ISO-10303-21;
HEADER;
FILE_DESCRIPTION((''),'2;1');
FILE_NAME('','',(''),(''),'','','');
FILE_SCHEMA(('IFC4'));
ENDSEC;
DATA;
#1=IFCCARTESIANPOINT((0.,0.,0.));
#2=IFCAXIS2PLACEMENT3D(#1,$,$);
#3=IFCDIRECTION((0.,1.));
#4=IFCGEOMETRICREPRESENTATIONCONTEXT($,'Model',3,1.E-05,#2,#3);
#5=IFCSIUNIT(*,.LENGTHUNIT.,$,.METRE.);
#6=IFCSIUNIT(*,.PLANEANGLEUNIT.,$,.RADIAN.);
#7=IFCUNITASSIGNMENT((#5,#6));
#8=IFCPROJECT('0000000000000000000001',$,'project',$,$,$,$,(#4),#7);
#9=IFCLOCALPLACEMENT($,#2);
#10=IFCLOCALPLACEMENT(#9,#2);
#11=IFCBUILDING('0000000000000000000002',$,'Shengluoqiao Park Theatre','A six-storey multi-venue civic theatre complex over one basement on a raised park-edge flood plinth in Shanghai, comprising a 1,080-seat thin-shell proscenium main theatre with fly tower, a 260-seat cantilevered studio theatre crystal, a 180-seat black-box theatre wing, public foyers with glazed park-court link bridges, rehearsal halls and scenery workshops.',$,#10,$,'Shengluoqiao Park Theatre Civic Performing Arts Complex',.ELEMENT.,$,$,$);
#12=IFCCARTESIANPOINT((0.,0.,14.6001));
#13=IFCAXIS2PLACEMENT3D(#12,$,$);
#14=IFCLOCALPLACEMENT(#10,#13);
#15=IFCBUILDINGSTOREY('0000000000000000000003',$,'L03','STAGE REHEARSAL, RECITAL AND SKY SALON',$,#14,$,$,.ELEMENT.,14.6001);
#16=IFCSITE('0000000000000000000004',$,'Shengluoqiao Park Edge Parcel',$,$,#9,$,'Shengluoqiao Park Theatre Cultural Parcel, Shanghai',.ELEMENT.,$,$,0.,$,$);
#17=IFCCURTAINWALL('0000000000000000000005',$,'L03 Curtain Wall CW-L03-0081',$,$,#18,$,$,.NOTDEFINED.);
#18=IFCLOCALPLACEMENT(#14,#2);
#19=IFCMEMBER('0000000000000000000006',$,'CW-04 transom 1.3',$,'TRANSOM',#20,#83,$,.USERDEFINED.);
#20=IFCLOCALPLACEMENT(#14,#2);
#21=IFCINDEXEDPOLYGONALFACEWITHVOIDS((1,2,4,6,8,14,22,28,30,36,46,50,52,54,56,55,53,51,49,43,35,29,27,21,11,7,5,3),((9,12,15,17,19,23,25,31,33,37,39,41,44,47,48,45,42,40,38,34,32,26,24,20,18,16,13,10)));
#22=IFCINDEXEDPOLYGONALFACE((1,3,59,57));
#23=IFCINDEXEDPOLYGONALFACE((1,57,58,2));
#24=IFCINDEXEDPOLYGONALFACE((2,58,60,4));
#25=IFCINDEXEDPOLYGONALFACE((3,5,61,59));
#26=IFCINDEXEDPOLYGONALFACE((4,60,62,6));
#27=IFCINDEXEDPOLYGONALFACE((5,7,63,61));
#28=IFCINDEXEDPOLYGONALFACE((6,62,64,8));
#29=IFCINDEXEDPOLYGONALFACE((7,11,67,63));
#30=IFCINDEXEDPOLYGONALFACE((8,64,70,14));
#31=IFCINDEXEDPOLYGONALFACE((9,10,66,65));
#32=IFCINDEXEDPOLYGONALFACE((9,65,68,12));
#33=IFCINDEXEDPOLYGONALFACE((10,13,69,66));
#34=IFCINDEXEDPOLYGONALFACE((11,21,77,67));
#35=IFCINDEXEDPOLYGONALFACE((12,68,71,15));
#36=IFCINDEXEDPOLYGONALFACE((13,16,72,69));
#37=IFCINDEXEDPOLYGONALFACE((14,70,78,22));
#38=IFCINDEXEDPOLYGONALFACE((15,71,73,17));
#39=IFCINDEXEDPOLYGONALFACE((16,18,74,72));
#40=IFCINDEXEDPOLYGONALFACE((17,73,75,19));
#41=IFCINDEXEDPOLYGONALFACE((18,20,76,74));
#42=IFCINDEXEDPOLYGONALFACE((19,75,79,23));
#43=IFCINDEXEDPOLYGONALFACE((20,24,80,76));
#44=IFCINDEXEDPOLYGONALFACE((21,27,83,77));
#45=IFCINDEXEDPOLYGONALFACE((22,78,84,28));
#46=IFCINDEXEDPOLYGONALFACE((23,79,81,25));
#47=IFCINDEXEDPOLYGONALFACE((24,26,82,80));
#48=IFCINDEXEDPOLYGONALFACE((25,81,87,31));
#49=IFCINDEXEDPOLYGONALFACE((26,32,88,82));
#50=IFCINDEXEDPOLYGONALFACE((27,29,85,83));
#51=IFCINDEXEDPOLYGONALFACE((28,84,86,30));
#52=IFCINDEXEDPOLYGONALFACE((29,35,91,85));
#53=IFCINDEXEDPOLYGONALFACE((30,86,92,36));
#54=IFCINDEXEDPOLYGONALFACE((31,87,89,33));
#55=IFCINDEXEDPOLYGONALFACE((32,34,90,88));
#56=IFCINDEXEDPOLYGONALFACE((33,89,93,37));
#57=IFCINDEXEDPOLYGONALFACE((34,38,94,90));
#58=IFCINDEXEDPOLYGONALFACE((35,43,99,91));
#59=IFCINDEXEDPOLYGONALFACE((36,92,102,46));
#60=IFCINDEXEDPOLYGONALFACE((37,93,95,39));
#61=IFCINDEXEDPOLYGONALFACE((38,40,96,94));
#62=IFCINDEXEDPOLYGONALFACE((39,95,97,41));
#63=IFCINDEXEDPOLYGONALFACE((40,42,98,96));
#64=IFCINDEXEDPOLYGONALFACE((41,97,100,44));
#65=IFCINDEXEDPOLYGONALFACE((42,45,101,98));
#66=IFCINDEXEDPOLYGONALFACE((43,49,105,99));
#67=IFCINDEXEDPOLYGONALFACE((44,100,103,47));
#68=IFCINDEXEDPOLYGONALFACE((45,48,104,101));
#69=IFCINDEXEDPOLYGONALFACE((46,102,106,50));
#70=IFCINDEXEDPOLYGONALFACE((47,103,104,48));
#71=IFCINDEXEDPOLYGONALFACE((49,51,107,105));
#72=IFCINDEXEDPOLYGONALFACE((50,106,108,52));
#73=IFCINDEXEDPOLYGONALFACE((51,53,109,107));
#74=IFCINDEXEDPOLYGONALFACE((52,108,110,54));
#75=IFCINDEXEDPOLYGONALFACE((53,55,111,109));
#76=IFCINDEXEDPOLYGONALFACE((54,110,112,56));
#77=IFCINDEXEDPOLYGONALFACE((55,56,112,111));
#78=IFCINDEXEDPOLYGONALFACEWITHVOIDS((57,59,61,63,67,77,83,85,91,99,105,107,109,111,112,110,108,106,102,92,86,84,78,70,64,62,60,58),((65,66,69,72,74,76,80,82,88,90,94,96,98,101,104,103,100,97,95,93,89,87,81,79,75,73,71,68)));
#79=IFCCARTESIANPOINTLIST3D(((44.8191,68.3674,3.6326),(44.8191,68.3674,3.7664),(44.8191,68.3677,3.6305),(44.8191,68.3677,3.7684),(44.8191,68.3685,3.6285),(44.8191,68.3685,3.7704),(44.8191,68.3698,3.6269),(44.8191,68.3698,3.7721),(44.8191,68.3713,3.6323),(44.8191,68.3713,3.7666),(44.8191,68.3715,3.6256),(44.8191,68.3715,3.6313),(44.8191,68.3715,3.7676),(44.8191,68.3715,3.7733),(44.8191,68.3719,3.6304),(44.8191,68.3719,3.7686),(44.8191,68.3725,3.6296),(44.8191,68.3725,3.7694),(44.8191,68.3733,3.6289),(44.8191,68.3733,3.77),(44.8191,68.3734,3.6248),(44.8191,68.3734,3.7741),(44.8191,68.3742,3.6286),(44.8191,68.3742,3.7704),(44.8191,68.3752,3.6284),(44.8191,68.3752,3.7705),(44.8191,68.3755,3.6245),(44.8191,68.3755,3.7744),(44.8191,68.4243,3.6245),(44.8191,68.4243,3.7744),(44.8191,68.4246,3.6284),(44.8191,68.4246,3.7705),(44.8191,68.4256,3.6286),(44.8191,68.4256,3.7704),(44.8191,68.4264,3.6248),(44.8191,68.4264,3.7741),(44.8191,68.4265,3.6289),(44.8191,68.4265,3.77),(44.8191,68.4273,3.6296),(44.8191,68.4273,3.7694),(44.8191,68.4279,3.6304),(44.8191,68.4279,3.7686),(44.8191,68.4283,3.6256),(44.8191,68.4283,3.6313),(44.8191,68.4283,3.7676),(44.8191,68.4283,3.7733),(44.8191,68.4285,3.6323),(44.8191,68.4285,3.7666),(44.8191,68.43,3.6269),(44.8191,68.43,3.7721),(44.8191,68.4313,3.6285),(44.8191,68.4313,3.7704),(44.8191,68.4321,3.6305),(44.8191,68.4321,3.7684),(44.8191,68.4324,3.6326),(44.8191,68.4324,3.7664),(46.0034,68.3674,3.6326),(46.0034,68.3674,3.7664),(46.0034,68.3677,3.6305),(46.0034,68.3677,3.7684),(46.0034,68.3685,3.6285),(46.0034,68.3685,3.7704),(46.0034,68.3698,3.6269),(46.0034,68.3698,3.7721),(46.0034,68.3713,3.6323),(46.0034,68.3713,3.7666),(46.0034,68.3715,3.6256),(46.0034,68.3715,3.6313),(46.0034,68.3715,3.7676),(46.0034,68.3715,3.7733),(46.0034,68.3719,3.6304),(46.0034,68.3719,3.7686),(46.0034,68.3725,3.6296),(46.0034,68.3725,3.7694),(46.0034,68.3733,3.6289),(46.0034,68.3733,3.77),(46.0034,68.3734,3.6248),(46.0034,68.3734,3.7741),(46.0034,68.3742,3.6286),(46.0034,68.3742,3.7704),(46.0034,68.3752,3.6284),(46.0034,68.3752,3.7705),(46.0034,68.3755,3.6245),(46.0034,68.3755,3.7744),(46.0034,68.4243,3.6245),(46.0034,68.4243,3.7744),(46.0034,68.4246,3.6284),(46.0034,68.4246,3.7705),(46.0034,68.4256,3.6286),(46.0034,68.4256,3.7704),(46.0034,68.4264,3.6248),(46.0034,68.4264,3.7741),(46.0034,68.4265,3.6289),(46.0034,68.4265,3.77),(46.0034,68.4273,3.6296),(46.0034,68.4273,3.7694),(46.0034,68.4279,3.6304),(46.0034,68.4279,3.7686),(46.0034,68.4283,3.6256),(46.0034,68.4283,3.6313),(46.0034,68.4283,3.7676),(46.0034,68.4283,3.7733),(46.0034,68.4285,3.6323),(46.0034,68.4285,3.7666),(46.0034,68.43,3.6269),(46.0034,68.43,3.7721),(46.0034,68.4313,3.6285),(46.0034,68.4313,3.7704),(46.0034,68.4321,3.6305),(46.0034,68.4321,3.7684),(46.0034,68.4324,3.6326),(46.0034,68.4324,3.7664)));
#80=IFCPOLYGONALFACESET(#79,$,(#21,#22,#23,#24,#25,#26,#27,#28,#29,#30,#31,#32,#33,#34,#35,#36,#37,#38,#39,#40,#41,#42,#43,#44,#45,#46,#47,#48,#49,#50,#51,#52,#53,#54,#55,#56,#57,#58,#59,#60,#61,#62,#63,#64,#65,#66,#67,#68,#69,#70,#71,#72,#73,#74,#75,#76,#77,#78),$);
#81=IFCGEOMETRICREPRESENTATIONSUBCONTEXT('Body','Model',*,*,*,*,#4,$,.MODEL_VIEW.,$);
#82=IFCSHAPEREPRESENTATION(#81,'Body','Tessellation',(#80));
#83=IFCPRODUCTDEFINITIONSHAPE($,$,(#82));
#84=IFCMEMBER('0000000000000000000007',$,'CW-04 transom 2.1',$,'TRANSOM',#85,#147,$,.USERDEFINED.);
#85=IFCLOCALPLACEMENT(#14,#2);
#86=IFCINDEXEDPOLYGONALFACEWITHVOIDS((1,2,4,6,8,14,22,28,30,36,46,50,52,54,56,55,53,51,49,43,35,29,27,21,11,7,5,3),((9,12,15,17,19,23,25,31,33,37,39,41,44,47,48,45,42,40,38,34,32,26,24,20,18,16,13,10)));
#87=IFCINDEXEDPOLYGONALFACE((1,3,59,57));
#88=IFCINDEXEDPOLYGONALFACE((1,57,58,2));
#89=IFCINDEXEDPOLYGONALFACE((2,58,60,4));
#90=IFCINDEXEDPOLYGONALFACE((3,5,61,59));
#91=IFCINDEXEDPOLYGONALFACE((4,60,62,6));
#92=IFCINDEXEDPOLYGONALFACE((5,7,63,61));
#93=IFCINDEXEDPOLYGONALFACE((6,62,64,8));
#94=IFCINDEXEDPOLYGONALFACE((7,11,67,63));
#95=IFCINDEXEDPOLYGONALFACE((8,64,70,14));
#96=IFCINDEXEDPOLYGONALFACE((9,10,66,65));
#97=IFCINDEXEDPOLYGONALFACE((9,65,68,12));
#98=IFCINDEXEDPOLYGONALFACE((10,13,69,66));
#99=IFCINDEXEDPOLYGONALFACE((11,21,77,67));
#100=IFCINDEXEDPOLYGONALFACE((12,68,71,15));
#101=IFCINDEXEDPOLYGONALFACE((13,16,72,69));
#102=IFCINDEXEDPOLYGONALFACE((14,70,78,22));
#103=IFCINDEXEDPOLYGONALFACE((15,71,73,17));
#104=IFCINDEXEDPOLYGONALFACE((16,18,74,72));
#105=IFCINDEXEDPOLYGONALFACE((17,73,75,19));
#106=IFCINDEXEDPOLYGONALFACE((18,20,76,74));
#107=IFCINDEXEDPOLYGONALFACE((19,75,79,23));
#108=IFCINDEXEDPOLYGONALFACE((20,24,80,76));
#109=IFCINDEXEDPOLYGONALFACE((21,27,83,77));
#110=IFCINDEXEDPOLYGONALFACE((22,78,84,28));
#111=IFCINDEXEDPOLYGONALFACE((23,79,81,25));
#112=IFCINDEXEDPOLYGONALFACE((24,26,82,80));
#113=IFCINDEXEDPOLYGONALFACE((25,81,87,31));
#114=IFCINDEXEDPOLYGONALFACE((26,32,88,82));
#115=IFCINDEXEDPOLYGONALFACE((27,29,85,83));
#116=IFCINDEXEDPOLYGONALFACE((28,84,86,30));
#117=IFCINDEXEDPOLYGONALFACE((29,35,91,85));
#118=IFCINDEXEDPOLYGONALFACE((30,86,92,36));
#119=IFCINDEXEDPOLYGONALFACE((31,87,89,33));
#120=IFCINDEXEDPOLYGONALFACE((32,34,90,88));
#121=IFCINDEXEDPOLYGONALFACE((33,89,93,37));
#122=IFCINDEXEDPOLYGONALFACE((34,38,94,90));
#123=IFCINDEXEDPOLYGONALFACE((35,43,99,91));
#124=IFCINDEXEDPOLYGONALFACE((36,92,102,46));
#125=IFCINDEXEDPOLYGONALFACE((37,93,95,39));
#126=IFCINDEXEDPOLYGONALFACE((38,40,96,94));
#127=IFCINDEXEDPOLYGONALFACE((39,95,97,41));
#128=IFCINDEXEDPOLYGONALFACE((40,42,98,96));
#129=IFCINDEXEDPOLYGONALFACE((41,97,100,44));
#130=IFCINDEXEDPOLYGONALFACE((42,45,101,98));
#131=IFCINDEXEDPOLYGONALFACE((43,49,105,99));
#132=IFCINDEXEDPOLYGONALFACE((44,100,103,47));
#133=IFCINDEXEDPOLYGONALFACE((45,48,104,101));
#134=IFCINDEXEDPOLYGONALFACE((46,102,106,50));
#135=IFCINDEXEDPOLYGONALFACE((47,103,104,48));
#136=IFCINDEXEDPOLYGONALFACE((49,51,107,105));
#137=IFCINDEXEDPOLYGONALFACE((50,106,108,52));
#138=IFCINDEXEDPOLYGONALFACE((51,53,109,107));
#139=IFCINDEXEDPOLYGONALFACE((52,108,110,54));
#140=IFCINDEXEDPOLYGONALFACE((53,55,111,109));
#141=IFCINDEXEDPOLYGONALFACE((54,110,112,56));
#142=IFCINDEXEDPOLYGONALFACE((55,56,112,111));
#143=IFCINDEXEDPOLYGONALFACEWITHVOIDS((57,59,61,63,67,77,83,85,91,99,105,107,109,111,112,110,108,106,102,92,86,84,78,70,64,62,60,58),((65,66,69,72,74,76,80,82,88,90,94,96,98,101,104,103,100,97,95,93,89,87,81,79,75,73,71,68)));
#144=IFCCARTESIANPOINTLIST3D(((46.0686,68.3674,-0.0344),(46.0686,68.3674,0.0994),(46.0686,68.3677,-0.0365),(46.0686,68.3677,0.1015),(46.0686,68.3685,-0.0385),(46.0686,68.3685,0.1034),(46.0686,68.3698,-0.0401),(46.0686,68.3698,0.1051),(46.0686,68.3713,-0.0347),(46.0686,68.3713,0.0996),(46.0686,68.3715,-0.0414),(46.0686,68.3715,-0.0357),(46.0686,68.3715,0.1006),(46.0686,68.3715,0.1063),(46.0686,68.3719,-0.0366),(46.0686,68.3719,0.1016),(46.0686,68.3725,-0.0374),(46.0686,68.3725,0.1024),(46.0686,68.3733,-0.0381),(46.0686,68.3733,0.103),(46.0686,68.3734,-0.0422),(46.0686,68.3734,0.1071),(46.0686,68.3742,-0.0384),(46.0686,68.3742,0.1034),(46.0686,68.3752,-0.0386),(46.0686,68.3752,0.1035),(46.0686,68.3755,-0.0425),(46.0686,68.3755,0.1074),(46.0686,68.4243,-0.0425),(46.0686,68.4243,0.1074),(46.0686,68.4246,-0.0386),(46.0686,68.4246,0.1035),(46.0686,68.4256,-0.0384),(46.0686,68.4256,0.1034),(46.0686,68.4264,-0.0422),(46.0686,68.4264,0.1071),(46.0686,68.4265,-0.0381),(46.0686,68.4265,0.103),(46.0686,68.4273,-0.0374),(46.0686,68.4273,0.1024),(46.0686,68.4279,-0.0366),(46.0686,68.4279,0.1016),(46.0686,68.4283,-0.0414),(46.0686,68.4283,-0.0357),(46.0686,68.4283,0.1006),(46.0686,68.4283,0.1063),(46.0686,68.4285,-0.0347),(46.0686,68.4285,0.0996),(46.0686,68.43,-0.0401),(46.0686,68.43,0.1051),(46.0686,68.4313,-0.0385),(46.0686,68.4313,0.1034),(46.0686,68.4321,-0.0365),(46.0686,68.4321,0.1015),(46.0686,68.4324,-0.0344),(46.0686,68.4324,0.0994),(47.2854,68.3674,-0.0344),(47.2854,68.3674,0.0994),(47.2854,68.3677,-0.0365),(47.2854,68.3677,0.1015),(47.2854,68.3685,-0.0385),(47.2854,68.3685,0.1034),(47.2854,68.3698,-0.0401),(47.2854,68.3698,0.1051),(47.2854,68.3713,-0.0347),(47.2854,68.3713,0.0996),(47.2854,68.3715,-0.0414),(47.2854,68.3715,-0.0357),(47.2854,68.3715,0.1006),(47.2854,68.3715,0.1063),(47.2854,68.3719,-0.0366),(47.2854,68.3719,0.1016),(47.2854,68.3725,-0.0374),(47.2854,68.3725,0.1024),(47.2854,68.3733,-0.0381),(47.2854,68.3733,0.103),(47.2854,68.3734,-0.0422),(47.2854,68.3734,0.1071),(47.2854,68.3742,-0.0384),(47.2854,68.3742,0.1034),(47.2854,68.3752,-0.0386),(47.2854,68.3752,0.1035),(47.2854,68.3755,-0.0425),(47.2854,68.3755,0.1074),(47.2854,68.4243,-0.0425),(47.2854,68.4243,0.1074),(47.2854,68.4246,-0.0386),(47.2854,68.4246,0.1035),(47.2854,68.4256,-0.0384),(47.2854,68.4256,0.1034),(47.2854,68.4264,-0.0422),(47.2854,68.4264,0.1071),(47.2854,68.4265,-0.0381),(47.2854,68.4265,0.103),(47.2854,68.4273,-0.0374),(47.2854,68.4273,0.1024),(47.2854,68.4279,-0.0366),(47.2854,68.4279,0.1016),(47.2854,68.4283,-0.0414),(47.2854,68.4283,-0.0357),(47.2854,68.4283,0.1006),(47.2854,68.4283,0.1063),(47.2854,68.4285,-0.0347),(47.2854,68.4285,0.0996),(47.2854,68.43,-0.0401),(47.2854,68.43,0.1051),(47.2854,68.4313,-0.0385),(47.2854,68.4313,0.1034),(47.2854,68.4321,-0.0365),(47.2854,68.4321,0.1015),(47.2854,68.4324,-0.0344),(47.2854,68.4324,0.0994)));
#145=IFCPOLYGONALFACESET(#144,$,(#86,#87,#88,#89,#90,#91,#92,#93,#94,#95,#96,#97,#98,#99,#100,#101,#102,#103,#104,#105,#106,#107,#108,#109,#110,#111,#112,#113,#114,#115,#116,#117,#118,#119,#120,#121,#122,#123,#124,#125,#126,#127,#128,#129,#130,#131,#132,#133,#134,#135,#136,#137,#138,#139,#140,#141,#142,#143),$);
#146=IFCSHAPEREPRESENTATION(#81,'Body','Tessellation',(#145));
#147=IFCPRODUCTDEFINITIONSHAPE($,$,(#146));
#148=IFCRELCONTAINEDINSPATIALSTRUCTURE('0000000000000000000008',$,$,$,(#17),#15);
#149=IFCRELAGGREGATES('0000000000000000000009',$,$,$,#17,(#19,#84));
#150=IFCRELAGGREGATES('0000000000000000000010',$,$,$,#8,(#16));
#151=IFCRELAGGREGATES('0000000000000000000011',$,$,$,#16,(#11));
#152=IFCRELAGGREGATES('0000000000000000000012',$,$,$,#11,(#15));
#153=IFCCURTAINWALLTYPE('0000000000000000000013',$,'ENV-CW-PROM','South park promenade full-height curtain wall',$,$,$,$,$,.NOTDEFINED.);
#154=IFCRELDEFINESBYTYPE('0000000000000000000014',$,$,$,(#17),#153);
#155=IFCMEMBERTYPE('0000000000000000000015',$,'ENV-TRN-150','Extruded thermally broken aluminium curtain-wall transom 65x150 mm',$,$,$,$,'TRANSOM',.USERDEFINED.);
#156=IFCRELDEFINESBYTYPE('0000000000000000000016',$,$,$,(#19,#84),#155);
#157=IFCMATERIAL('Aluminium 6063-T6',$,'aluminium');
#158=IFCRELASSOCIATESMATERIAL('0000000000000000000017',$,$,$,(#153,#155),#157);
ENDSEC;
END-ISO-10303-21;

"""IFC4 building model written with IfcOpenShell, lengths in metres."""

from ifc_helpers import new_model, si_unit, direction, frame, origin, origin_2d, place, context, subcontext, project, spatial, hollow_rectangle, extrude, material, material_profile, profile_set, type_object, element, aggregate, save


model = new_model("IFC4")

# Units and contexts
model_context = context("Model", 3, precision=1e-05, world=origin(), true_north=direction((0.0, 1.0)))
body_context = subcontext(model_context, "Body", "Model", "MODEL_VIEW")
ifc_project = project(units=[si_unit("LENGTHUNIT", "METRE"), si_unit("PLANEANGLEUNIT", "RADIAN")], contexts=[model_context])

# Site, building, storey
site_placement = place(None, origin())
site = spatial("IfcSite", under=ifc_project, at=site_placement, Name="Shengluoqiao Park Edge Parcel", LongName="Shengluoqiao Park Theatre Cultural Parcel, Shanghai", CompositionType="ELEMENT", RefElevation=0.0)
building_placement = place(site_placement, origin())
building = spatial("IfcBuilding", under=site, at=building_placement, Name="Shengluoqiao Park Theatre", Description="A six-storey multi-venue civic theatre complex over one basement on a raised park-edge flood plinth in Shanghai, comprising a 1,080-seat thin-shell proscenium main theatre with fly tower, a 260-seat cantilevered studio theatre crystal, a 180-seat black-box theatre wing, public foyers with glazed park-court link bridges, rehearsal halls and scenery workshops.", LongName="Shengluoqiao Park Theatre Civic Performing Arts Complex", CompositionType="ELEMENT")
storey_placement = place(building_placement, frame((0.0, 0.0, 14.6001)))
storey = spatial("IfcBuildingStorey", under=building, at=storey_placement, Name="L03", Description="STAGE REHEARSAL, RECITAL AND SKY SALON", CompositionType="ELEMENT", Elevation=14.6001)

# Curtain wall
ifc_material_1 = material(Name="Aluminium 6063-T6", Category="aluminium")
curtain_wall_type = type_object("IfcCurtainWallType", Name="ENV-CW-PROM", Description="South park promenade full-height curtain wall", PredefinedType="NOTDEFINED", material=ifc_material_1)
curtain_wall_1_placement = place(storey_placement, origin())
curtain_wall_1 = element("IfcCurtainWall", 1, at=curtain_wall_1_placement, inside=storey, type_object=curtain_wall_type, Name="L03 Curtain Wall CW-L03-0081", PredefinedType="NOTDEFINED")

# Members
ifc_material_profile_1 = material_profile(ifc_material_1, hollow_rectangle(XDim=0.0649, YDim=0.1499, WallThickness=0.0039, InnerFilletRadius=0.0039, OuterFilletRadius=0.0081, at=origin_2d()), Name="ALU TRANSOM 150x65x4")
ifc_profile_set_1 = profile_set([ifc_material_profile_1], Name="Aluminium 6063-T6")
member_type_1 = type_object("IfcMemberType", Name="ENV-TRN-150", Description="Extruded thermally broken aluminium curtain-wall transom 65x150 mm", ElementType="TRANSOM", PredefinedType="USERDEFINED", material=ifc_profile_set_1)
member_1_placement = place(storey_placement, frame((44.8191, 68.3999, 3.6995), z_axis=(1.0, 0.0, 0.0), x_axis=(0.0, 1.0, 0.0)))
member_1 = element("IfcMember", 2, at=member_1_placement, type_object=member_type_1, Name="CW-04 transom 1.3", ObjectType="TRANSOM", PredefinedType="USERDEFINED", context=body_context, shape_type="SweptSolid", body=[
    extrude(hollow_rectangle(XDim=0.0649, YDim=0.1499, WallThickness=0.0039, InnerFilletRadius=0.0039, OuterFilletRadius=0.0081, at=origin_2d()), origin(), (0.0, 0.0, 1.0), 1.1843),
])
member_2_placement = place(storey_placement, frame((46.0686, 68.3999, 0.0325), z_axis=(1.0, 0.0, 0.0), x_axis=(0.0, 1.0, 0.0)))
member_2 = element("IfcMember", 3, at=member_2_placement, type_object=member_type_1, Name="CW-04 transom 2.1", ObjectType="TRANSOM", PredefinedType="USERDEFINED", context=body_context, shape_type="SweptSolid", body=[
    extrude(hollow_rectangle(XDim=0.0649, YDim=0.1499, WallThickness=0.0039, InnerFilletRadius=0.0039, OuterFilletRadius=0.0081, at=origin_2d()), origin(), (0.0, 0.0, 1.0), 1.2168),
])

aggregate(curtain_wall_1, [member_1, member_2])

save(model, "model.ifc")
